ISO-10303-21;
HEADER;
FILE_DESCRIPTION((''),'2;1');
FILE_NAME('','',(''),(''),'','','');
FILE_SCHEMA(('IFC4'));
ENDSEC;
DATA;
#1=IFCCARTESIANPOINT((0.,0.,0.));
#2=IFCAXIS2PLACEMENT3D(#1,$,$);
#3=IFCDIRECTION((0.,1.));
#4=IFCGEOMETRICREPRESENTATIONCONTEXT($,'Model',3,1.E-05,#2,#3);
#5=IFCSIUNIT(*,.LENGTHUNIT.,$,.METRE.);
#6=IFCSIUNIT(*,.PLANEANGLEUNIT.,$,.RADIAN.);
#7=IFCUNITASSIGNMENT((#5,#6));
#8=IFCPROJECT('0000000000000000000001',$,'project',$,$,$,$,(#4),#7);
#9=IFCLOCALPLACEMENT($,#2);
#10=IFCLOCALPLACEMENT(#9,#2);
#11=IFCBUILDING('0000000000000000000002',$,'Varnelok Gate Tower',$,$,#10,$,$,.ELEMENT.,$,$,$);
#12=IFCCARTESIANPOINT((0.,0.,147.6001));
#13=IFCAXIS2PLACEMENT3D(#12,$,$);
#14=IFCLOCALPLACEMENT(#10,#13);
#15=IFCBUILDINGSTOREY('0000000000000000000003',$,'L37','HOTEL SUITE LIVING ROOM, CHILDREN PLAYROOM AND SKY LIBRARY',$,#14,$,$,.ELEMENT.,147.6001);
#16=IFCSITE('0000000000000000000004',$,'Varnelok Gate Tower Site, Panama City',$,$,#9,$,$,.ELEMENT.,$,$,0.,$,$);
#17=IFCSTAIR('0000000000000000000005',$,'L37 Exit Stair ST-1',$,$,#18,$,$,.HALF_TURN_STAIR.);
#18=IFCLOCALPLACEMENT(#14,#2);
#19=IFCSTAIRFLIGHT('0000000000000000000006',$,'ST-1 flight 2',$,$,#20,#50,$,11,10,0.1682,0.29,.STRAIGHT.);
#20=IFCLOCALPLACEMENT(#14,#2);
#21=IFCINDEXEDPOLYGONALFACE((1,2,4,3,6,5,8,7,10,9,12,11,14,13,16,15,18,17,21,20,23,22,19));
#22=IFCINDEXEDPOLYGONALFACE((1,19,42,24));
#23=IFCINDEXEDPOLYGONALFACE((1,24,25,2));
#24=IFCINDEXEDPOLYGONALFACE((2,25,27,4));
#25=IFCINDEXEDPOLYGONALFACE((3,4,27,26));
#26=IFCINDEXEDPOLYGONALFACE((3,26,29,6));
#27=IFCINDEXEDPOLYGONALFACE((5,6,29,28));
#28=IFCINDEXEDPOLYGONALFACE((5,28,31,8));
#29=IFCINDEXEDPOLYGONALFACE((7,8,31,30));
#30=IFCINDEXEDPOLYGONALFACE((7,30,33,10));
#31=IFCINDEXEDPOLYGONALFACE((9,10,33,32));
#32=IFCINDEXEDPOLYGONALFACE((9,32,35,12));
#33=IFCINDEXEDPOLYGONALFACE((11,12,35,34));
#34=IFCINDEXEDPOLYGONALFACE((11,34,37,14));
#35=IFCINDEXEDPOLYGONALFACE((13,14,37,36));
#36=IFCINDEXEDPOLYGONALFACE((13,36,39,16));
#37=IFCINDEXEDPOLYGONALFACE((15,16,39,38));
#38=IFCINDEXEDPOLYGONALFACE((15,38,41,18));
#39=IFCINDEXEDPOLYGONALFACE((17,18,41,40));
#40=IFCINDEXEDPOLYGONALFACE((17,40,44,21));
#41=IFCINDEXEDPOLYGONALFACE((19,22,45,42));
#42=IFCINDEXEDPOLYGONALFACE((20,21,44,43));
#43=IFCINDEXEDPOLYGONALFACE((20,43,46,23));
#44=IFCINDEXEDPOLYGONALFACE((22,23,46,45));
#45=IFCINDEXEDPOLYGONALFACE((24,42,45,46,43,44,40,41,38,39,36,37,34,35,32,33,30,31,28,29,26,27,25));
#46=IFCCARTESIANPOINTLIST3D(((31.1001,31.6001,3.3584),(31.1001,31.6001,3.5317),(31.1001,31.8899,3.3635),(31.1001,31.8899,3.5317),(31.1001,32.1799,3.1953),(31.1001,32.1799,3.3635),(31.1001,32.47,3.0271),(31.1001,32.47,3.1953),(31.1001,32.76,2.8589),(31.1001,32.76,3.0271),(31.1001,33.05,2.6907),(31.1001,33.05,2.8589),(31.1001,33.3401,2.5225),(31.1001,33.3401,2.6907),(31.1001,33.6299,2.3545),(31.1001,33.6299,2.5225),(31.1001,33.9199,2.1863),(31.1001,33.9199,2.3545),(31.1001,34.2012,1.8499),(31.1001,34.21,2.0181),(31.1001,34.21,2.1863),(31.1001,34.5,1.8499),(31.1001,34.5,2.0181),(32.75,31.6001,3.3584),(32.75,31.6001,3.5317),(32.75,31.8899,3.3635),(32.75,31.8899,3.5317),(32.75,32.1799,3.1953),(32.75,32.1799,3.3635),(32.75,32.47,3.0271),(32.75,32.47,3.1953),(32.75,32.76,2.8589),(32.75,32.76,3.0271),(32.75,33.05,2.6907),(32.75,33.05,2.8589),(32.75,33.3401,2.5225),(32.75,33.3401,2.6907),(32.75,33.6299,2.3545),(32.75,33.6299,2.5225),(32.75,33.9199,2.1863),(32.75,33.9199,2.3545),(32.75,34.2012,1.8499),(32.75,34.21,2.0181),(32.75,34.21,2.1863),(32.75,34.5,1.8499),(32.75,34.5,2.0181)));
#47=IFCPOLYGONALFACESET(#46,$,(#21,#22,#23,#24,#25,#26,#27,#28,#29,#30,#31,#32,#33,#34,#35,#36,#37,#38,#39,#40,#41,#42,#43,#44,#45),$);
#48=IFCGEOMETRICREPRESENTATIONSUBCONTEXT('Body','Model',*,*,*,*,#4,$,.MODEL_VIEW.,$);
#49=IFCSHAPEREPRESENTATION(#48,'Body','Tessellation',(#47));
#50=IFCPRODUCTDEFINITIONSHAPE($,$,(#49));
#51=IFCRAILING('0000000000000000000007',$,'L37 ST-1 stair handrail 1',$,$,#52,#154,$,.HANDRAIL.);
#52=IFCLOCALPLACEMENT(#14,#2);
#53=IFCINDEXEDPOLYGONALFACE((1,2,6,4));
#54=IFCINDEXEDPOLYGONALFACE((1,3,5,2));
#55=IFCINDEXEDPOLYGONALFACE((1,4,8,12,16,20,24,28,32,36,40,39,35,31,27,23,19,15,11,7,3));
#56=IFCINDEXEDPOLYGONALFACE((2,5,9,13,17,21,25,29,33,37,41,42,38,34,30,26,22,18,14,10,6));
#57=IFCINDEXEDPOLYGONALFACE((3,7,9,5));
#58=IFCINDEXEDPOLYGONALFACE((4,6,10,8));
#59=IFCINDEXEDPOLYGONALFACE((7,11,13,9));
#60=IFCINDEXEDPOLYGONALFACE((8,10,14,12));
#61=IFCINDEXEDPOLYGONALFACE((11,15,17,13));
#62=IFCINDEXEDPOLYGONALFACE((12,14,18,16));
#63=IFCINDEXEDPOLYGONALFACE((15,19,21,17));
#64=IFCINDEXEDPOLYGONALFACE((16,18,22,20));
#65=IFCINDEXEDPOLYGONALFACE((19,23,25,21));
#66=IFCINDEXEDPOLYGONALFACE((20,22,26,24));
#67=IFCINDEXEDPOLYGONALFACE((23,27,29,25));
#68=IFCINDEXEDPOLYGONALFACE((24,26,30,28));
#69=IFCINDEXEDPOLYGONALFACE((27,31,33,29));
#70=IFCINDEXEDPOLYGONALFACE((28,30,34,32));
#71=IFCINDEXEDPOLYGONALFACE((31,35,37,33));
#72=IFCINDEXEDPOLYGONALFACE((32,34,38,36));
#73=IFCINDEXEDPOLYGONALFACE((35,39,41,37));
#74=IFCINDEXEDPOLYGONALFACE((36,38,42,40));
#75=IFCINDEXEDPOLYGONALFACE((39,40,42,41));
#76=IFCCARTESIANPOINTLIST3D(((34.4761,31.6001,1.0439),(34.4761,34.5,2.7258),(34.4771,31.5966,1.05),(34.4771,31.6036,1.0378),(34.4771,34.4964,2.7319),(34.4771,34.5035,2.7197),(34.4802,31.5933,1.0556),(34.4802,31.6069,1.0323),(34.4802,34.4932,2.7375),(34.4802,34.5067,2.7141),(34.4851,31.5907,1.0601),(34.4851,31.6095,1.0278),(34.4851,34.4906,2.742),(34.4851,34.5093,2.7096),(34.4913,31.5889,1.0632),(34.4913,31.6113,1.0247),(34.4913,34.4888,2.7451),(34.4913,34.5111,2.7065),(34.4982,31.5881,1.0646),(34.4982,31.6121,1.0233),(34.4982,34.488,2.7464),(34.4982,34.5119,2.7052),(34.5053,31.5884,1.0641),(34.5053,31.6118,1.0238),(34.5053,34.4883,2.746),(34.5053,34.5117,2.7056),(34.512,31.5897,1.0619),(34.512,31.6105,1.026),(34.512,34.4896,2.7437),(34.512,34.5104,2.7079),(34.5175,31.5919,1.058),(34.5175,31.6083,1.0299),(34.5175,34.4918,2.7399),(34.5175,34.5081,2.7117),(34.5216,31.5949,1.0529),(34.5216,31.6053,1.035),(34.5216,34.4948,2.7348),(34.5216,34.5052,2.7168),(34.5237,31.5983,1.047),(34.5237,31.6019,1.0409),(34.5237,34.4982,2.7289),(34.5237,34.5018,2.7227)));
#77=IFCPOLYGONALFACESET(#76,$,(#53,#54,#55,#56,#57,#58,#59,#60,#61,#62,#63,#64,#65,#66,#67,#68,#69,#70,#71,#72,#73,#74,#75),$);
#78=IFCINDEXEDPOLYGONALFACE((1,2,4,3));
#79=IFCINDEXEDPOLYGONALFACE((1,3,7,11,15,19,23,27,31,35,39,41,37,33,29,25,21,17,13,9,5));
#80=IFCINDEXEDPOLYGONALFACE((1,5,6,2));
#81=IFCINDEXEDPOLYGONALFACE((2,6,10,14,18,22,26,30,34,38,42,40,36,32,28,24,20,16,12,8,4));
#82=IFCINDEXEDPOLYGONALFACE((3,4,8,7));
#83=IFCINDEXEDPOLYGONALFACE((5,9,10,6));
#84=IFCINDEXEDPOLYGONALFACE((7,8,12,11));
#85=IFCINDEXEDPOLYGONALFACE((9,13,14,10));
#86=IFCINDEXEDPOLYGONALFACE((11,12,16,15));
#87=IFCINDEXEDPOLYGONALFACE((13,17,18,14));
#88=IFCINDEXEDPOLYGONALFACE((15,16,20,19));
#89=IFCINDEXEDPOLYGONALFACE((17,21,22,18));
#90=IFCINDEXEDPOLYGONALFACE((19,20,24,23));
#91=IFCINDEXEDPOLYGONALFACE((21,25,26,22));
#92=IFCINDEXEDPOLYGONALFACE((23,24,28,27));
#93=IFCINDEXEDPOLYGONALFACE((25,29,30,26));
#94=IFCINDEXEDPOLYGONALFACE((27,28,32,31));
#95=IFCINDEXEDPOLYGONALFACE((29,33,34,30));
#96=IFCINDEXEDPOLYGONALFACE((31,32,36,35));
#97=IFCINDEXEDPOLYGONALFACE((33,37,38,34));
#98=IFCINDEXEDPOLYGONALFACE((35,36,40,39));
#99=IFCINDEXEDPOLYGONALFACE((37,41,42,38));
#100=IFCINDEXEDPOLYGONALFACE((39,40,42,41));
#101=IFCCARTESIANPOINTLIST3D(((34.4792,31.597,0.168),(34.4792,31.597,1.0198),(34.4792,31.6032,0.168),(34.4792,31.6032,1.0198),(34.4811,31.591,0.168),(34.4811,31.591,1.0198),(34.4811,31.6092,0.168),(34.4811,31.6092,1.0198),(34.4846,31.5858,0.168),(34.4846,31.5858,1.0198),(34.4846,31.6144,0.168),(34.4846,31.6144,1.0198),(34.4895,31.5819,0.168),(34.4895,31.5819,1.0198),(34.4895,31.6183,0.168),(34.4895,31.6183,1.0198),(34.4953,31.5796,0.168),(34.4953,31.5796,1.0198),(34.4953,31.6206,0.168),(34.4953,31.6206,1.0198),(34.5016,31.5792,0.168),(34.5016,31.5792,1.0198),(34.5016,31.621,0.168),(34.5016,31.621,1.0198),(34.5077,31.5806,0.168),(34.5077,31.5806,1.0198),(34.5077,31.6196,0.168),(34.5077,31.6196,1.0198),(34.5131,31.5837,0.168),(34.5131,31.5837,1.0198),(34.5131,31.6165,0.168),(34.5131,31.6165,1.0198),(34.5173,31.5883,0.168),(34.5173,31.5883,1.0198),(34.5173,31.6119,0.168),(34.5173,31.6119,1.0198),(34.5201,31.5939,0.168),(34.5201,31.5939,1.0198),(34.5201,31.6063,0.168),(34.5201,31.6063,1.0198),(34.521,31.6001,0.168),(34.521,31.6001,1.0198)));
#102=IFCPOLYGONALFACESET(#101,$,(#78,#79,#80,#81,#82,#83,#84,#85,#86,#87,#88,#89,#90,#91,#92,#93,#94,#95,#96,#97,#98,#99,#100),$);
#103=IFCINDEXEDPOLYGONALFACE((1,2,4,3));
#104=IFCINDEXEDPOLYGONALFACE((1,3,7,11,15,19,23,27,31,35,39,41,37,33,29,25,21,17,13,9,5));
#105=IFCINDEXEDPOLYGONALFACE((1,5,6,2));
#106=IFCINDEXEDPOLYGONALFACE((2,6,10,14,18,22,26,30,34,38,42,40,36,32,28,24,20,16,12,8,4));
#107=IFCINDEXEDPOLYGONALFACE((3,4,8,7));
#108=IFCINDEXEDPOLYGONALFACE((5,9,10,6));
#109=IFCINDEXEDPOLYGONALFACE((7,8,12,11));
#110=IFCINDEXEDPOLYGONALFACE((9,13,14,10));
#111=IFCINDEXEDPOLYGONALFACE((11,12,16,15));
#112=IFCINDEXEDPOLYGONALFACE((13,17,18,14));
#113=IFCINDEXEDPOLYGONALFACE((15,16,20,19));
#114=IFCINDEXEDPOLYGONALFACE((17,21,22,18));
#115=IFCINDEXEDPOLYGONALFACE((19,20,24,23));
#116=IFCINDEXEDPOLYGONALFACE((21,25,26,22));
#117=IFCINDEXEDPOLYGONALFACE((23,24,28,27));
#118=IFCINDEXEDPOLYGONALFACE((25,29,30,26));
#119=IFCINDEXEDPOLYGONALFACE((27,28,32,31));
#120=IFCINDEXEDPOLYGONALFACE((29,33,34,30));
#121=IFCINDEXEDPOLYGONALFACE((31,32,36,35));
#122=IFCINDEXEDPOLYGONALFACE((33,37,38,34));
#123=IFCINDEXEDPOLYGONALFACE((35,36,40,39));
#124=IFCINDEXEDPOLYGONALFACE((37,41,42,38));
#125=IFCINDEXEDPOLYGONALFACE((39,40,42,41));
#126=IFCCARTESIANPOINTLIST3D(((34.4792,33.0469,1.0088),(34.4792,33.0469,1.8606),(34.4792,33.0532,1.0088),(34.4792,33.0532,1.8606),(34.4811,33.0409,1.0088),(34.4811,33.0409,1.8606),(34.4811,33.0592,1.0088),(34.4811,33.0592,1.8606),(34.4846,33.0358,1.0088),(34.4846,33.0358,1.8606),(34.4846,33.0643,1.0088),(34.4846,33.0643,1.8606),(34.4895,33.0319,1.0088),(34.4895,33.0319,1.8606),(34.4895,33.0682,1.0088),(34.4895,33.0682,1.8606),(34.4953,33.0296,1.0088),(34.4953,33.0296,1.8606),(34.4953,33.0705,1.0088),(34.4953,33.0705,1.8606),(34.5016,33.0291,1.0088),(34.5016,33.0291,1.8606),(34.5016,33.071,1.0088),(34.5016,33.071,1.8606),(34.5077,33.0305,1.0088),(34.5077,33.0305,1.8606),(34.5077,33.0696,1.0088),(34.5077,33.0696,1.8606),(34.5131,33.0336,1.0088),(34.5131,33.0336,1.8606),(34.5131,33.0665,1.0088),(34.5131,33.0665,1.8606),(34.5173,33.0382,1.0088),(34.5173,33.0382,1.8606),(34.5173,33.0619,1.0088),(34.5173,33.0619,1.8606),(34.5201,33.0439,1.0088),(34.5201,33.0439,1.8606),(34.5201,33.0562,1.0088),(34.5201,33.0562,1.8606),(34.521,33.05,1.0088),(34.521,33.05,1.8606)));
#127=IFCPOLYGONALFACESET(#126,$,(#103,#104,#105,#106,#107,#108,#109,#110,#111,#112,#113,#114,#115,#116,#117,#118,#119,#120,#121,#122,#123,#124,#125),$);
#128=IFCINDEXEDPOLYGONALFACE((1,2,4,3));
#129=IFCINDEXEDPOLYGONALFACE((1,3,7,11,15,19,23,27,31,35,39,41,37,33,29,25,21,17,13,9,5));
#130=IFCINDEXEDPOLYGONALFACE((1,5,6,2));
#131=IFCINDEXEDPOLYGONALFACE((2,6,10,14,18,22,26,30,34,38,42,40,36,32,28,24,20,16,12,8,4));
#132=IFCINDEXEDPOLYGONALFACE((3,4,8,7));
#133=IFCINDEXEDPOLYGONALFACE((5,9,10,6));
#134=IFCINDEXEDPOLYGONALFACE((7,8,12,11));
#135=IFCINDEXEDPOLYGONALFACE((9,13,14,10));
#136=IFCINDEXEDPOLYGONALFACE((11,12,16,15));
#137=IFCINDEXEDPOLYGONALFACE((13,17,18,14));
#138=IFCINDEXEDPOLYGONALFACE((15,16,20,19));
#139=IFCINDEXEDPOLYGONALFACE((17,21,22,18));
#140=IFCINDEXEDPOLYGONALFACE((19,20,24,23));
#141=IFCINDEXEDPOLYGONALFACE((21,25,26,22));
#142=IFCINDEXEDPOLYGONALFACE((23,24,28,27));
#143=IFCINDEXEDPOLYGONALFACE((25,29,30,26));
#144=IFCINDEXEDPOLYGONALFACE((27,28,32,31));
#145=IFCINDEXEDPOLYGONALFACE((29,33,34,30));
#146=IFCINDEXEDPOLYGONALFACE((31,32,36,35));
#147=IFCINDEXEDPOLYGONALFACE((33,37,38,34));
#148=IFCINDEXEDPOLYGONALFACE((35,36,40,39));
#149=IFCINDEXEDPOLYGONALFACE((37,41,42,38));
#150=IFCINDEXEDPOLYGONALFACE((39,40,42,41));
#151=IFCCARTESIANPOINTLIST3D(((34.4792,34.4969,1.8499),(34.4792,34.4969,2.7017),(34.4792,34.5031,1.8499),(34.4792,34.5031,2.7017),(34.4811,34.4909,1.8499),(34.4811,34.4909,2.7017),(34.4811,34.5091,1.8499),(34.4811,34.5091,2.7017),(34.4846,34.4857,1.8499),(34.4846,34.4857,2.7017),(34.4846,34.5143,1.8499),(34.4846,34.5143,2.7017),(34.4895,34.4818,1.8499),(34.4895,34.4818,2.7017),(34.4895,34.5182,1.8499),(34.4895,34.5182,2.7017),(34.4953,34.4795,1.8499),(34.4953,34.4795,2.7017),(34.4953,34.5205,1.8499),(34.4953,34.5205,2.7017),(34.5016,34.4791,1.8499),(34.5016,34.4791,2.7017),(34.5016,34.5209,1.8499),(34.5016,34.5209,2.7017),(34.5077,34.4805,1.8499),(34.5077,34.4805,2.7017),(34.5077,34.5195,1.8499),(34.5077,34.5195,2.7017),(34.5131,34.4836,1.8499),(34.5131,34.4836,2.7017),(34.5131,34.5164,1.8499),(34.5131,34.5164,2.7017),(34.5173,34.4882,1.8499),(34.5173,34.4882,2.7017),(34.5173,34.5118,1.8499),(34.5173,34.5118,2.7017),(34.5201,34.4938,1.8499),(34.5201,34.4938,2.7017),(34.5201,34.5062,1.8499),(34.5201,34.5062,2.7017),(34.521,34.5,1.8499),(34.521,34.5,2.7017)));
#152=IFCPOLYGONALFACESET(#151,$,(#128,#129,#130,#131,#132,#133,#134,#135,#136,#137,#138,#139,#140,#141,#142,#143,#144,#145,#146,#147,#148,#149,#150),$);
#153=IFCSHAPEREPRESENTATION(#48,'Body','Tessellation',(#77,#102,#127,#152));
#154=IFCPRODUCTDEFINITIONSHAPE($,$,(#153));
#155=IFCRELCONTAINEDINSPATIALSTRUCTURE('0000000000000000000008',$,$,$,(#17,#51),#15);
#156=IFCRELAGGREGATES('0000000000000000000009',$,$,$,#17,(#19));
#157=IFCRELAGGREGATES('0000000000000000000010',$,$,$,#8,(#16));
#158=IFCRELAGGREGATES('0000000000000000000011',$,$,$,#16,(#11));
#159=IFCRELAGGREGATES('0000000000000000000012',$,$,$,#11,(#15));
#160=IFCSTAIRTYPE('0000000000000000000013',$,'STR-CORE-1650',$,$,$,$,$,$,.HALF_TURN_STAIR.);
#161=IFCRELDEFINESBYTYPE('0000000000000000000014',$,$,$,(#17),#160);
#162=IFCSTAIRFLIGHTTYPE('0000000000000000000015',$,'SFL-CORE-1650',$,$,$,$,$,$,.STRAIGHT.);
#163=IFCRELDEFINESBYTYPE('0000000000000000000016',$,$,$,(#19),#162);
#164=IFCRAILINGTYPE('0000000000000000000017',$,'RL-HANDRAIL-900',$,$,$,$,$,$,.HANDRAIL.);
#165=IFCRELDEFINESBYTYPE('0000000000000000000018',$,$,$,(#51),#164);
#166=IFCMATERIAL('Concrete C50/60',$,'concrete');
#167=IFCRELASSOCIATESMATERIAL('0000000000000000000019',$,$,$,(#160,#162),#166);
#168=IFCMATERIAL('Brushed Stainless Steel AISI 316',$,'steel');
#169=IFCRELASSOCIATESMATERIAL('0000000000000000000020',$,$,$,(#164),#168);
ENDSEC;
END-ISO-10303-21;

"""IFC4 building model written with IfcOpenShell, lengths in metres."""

from ifc_helpers import new_model, si_unit, direction, frame, origin, origin_2d, place, context, subcontext, project, spatial, polyline, circle, outline, extrude, material, type_object, element, aggregate, save


model = new_model("IFC4")

# Units and contexts
model_context = context("Model", 3, precision=1e-05, world=origin(), true_north=direction((0.0, 1.0)))
body_context = subcontext(model_context, "Body", "Model", "MODEL_VIEW")
ifc_project = project(units=[si_unit("LENGTHUNIT", "METRE"), si_unit("PLANEANGLEUNIT", "RADIAN")], contexts=[model_context])

# Site, building, storey
site_placement = place(None, origin())
site = spatial("IfcSite", under=ifc_project, at=site_placement, Name="Varnelok Gate Tower Site, Panama City", CompositionType="ELEMENT", RefElevation=0.0)
building_placement = place(site_placement, origin())
building = spatial("IfcBuilding", under=site, at=building_placement, Name="Varnelok Gate Tower", CompositionType="ELEMENT")
storey_placement = place(building_placement, frame((0.0, 0.0, 147.6001)))
storey = spatial("IfcBuildingStorey", under=building, at=storey_placement, Name="L37", Description="HOTEL SUITE LIVING ROOM, CHILDREN PLAYROOM AND SKY LIBRARY", CompositionType="ELEMENT", Elevation=147.6001)

# Stair, stair flight
ifc_material_1 = material(Name="Concrete C50/60", Category="concrete")
stair_type = type_object("IfcStairType", Name="STR-CORE-1650", PredefinedType="HALF_TURN_STAIR", material=ifc_material_1)
stair_placement = place(storey_placement, origin())
stair = element("IfcStair", 1, at=stair_placement, inside=storey, type_object=stair_type, Name="L37 Exit Stair ST-1", PredefinedType="HALF_TURN_STAIR")
stair_flight_type = type_object("IfcStairFlightType", Name="SFL-CORE-1650", PredefinedType="STRAIGHT", material=ifc_material_1)
stair_flight_1_placement = place(storey_placement, frame((31.925, 34.5, 1.8499), z_axis=(0.0, 0.0, 1.0), x_axis=(0.0, -1.0, 0.0)))
stair_flight_1 = element("IfcStairFlight", 2, at=stair_flight_1_placement, type_object=stair_flight_type, Name="ST-1 flight 2", NumberOfRisers=11, NumberOfTreads=10, PredefinedType="STRAIGHT", RiserHeight=0.1682, TreadLength=0.29, context=body_context, shape_type="SweptSolid", body=[
    extrude(outline(polyline([(0.0, 0.0), (0.0, 0.1682), (0.29, 0.1682), (0.29, 0.3364), (0.5801, 0.3364), (0.5801, 0.5046), (0.8701, 0.5046), (0.8701, 0.6726), (1.1599, 0.6726), (1.1599, 0.8408), (1.45, 0.8408), (1.45, 1.009), (1.74, 1.009), (1.74, 1.1772), (2.03, 1.1772), (2.03, 1.3455), (2.3201, 1.3455), (2.3201, 1.5137), (2.6101, 1.5137), (2.6101, 1.6819), (2.8999, 1.6819), (2.8999, 1.8501), (2.8999, 1.5085), (0.2988, 0.0), (0.0, 0.0)])), frame((0.0, 0.825, 0.0), z_axis=(0.0, -1.0, 0.0), x_axis=(1.0, 0.0, 0.0)), (0.0, 0.0, 1.0), 1.6499),
])
aggregate(stair, [stair_flight_1])

# Railing
ifc_material_2 = material(Name="Brushed Stainless Steel AISI 316", Category="steel")
railing_type_1 = type_object("IfcRailingType", Name="RL-HANDRAIL-900", PredefinedType="HANDRAIL", material=ifc_material_2)
railing_1_placement = place(storey_placement, frame((34.5, 31.6001, 0.168)))
element("IfcRailing", 3, at=railing_1_placement, inside=storey, type_object=railing_type_1, Name="L37 ST-1 stair handrail 1", PredefinedType="HANDRAIL", context=body_context, shape_type="SweptSolid", body=[
    extrude(circle(Radius=0.0239, at=origin_2d()), frame((0.0, 0.0, 0.876), z_axis=(0.0, 0.865039, 0.501705), x_axis=(-1.0, 0.0, 0.0)), (0.0, 0.0, 1.0), 3.3523),
    extrude(circle(Radius=0.021, at=origin_2d()), origin(), (0.0, 0.0, 1.0), 0.8518),
    extrude(circle(Radius=0.021, at=origin_2d()), frame((0.0, 1.45, 0.8408)), (0.0, 0.0, 1.0), 0.8518),
    extrude(circle(Radius=0.021, at=origin_2d()), frame((0.0, 2.8999, 1.6819)), (0.0, 0.0, 1.0), 0.8518),
])

save(model, "model.ifc")
